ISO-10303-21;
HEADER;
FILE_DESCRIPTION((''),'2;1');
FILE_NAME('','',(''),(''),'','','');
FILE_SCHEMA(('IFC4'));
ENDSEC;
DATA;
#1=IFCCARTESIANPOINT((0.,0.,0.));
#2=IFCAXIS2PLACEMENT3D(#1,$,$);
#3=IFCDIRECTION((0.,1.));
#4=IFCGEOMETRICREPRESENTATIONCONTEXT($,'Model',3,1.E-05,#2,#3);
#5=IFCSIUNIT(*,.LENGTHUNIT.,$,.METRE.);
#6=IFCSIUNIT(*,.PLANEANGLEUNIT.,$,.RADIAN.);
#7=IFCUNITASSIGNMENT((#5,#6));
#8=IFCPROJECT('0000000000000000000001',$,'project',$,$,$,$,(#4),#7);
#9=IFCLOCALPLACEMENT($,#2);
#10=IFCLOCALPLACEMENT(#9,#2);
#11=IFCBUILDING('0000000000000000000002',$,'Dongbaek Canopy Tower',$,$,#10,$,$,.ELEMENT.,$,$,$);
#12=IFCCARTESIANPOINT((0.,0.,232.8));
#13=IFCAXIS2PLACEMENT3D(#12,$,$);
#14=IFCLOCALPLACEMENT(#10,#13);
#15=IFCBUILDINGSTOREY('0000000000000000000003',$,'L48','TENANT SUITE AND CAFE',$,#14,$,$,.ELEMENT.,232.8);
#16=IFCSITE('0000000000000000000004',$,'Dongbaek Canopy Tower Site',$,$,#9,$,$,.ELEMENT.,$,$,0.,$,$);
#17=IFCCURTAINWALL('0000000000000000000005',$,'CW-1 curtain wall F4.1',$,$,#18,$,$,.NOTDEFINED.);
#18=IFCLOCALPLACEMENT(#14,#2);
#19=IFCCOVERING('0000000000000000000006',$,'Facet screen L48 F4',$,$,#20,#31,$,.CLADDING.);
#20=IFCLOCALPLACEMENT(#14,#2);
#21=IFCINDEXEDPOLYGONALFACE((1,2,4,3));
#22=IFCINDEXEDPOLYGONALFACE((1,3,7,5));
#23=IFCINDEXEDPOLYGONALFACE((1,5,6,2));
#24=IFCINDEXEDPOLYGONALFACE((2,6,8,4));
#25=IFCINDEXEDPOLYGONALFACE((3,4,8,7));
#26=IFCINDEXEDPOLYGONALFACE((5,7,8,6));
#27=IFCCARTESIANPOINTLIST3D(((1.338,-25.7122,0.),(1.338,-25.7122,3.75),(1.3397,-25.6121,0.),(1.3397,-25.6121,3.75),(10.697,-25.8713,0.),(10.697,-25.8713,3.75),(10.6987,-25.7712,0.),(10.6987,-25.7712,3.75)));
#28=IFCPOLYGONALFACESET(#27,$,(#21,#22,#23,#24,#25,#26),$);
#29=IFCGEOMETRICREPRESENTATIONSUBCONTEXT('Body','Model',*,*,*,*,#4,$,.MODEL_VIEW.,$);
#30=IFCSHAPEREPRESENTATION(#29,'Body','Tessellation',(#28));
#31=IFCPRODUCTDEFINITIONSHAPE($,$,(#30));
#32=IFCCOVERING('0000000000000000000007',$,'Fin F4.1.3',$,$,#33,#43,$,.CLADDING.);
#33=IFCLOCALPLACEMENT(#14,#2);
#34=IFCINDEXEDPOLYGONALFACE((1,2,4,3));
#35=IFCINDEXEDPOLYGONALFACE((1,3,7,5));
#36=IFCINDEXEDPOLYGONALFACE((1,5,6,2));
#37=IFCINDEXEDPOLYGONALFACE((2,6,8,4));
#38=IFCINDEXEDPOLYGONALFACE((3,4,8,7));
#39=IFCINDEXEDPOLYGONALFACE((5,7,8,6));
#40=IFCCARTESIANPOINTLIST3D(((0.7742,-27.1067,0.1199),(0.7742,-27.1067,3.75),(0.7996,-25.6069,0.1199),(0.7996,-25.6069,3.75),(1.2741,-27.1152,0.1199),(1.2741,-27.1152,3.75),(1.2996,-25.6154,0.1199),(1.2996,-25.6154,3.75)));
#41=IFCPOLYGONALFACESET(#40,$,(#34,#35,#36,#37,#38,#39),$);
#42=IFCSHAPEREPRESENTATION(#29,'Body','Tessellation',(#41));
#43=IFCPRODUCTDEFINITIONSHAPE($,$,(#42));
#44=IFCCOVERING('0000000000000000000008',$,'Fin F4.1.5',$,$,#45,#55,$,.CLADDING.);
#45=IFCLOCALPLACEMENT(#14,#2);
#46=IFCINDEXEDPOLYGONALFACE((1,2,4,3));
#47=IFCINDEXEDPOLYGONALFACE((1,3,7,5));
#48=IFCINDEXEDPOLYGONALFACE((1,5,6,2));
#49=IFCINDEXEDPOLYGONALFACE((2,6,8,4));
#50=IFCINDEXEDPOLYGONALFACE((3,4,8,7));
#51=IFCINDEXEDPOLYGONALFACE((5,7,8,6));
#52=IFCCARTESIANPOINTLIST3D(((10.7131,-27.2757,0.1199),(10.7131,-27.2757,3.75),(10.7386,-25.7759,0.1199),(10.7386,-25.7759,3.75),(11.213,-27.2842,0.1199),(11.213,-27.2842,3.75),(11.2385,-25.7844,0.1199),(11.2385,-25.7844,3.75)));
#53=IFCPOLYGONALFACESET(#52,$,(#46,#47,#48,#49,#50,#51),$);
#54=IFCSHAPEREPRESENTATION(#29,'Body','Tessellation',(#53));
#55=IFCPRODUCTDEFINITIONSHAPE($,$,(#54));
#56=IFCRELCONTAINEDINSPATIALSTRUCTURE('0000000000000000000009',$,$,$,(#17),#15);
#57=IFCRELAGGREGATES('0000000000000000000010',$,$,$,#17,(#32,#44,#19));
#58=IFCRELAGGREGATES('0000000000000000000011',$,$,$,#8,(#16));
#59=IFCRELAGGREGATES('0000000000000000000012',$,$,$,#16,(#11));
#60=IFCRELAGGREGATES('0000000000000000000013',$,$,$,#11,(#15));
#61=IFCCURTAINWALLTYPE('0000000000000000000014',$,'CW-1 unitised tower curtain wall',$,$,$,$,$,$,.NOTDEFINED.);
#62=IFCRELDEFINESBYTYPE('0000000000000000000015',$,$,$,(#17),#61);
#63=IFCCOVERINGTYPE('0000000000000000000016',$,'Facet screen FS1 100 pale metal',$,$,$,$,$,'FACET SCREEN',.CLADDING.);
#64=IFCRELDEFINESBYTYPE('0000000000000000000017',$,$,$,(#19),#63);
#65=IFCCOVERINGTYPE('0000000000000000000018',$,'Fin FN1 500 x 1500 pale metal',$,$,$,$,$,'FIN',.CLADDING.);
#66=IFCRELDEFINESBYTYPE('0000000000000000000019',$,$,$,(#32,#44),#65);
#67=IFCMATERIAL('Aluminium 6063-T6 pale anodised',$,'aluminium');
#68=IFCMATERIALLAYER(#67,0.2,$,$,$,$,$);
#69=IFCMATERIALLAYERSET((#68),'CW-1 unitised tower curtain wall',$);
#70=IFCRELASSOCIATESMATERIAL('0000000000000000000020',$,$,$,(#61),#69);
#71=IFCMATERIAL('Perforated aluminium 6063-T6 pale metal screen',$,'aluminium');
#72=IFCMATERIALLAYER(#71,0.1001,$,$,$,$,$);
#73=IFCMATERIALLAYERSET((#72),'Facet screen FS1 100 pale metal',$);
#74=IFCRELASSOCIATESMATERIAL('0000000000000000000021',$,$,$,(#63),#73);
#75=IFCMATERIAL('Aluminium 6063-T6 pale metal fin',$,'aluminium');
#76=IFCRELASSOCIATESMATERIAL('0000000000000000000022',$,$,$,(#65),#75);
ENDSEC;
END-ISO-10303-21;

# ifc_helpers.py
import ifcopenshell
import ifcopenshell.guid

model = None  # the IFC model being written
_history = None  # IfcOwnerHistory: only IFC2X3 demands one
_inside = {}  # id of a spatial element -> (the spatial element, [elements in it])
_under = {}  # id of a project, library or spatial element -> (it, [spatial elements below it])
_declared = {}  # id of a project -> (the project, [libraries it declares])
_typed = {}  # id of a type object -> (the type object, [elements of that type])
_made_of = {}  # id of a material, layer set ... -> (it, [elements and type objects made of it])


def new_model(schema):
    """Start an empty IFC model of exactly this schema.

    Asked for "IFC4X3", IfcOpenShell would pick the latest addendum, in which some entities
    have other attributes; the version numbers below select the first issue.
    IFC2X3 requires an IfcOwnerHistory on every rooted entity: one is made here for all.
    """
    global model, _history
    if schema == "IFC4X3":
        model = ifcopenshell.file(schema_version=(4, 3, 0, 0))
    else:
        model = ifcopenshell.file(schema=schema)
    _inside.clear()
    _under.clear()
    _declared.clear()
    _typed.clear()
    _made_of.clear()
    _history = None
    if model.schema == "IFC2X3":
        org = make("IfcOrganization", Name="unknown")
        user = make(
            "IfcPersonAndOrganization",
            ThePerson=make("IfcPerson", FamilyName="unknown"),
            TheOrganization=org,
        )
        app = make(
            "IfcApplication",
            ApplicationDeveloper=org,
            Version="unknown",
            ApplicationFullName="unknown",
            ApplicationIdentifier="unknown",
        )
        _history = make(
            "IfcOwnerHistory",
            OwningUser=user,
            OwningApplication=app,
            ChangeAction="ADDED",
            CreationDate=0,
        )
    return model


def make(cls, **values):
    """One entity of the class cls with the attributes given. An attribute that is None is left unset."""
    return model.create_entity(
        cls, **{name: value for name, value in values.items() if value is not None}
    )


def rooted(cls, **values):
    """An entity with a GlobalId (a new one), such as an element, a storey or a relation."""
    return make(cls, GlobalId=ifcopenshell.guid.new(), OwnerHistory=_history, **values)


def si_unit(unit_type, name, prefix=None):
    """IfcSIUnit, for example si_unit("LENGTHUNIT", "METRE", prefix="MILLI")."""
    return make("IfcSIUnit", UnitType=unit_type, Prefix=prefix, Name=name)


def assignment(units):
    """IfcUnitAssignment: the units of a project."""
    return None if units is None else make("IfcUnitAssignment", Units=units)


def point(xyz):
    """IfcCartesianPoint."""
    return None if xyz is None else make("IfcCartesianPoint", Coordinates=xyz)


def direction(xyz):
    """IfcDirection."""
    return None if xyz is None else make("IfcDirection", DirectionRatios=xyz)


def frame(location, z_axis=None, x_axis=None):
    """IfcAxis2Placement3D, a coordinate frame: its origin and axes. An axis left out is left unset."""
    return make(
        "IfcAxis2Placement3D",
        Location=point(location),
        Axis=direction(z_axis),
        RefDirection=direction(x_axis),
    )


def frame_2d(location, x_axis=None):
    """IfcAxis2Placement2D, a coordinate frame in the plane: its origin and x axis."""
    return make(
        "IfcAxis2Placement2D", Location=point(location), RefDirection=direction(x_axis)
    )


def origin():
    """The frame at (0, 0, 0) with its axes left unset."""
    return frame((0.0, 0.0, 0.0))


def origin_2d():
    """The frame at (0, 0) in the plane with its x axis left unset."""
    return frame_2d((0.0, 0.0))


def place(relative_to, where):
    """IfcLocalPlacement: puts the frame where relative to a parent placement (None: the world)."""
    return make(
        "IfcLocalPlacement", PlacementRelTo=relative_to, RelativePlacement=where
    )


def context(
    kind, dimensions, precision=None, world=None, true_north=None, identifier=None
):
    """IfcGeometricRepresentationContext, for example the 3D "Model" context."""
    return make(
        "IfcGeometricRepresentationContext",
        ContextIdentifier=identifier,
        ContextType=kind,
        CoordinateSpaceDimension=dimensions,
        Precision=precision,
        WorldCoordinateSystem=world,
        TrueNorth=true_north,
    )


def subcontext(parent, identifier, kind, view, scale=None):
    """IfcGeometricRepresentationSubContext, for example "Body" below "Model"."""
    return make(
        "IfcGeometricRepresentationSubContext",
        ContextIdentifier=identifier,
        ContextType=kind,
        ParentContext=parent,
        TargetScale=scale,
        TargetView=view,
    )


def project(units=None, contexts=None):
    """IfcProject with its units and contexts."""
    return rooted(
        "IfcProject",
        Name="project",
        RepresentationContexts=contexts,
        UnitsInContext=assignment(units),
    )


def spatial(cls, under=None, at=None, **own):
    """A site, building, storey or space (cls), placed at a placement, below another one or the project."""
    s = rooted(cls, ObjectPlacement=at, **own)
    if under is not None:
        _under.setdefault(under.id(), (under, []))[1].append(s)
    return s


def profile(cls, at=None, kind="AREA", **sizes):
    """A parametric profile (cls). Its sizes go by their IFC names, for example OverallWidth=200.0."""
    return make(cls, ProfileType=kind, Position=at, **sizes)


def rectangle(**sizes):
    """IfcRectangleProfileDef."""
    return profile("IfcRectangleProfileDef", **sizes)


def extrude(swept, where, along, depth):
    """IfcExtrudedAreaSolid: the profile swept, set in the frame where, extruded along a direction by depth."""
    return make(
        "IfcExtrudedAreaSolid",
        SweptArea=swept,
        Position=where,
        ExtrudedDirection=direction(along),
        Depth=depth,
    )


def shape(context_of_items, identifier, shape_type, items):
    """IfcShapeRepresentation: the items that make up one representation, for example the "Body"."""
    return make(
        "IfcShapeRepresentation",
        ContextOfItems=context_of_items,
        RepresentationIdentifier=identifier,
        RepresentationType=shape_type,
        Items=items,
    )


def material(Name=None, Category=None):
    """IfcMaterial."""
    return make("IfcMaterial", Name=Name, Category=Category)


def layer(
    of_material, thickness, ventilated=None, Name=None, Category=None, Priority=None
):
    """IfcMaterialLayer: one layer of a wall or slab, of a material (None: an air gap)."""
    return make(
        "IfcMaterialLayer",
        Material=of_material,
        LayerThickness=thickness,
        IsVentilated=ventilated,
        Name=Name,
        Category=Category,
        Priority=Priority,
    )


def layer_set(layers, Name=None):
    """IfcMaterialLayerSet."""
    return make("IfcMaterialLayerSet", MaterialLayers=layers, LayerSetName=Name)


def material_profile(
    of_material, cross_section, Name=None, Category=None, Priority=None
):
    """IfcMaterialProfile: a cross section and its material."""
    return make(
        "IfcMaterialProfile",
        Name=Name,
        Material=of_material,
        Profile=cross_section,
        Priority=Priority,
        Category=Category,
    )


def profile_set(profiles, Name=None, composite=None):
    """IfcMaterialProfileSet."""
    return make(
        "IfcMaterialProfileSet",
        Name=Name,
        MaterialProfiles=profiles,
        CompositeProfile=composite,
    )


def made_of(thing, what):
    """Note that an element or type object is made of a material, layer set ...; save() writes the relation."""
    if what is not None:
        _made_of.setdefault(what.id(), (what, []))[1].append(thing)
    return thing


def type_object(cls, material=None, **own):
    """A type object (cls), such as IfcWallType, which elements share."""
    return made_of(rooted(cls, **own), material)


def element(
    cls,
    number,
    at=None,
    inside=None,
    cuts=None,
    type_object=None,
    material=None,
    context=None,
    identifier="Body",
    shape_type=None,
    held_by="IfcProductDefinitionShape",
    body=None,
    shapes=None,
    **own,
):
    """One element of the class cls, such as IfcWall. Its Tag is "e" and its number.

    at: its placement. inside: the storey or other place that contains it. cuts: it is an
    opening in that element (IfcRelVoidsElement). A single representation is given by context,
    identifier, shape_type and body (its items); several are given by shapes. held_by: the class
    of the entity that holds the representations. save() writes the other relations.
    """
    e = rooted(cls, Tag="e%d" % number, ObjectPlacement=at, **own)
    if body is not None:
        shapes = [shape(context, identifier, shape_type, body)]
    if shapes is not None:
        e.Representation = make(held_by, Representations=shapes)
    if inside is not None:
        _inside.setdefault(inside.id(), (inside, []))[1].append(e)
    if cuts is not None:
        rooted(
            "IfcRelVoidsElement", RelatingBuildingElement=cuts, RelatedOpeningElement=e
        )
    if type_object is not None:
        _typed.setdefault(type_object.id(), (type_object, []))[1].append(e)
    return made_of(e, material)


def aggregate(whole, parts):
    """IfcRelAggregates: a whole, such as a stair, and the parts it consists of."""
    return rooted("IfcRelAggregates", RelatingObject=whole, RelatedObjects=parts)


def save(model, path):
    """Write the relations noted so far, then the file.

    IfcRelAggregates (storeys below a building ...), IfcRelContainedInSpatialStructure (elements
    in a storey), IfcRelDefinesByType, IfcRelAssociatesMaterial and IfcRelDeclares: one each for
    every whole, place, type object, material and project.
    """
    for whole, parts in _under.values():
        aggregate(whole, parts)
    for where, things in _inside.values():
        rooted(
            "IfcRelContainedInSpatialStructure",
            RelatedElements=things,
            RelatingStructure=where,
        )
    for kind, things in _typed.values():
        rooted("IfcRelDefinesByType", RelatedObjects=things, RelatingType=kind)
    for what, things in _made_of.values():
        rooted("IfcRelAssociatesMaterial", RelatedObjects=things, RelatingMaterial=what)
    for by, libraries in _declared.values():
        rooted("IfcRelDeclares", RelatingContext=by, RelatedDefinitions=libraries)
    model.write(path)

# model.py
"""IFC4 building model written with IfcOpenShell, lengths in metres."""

from ifc_helpers import new_model, si_unit, direction, frame, origin, origin_2d, place, context, subcontext, project, spatial, rectangle, extrude, material, layer, layer_set, material_profile, profile_set, type_object, element, aggregate, save


model = new_model("IFC4")

# Units and contexts
model_context = context("Model", 3, precision=1e-05, world=origin(), true_north=direction((0.0, 1.0)))
body_context = subcontext(model_context, "Body", "Model", "MODEL_VIEW")
ifc_project = project(units=[si_unit("LENGTHUNIT", "METRE"), si_unit("PLANEANGLEUNIT", "RADIAN")], contexts=[model_context])

# Site, building, storey
site_placement = place(None, origin())
site = spatial("IfcSite", under=ifc_project, at=site_placement, Name="Dongbaek Canopy Tower Site", CompositionType="ELEMENT", RefElevation=0.0)
building_placement = place(site_placement, origin())
building = spatial("IfcBuilding", under=site, at=building_placement, Name="Dongbaek Canopy Tower", CompositionType="ELEMENT")
storey_placement = place(building_placement, frame((0.0, 0.0, 232.8)))
storey = spatial("IfcBuildingStorey", under=building, at=storey_placement, Name="L48", Description="TENANT SUITE AND CAFE", CompositionType="ELEMENT", Elevation=232.8)

# Curtain wall
ifc_material_1 = material(Name="Aluminium 6063-T6 pale anodised", Category="aluminium")
ifc_layer_1 = layer(ifc_material_1, 0.2)
ifc_layer_set_1 = layer_set([ifc_layer_1], Name="CW-1 unitised tower curtain wall")
curtain_wall_type = type_object("IfcCurtainWallType", Name="CW-1 unitised tower curtain wall", PredefinedType="NOTDEFINED", material=ifc_layer_set_1)
curtain_wall_1_placement = place(storey_placement, origin())
curtain_wall_1 = element("IfcCurtainWall", 1, at=curtain_wall_1_placement, inside=storey, type_object=curtain_wall_type, Name="CW-1 curtain wall F4.1", PredefinedType="NOTDEFINED")

# Coverings
ifc_material_2 = material(Name="Perforated aluminium 6063-T6 pale metal screen", Category="aluminium")
ifc_layer_2 = layer(ifc_material_2, 0.1001)
ifc_layer_set_2 = layer_set([ifc_layer_2], Name="Facet screen FS1 100 pale metal")
covering_type_1 = type_object("IfcCoveringType", Name="Facet screen FS1 100 pale metal", ElementType="FACET SCREEN", PredefinedType="CLADDING", material=ifc_layer_set_2)
covering_1_placement = place(storey_placement, frame((6.0183, -25.7417, 0.0), z_axis=(0.0, 0.0, 1.0), x_axis=(0.999856, -0.016993, 0.0)))
covering_1 = element("IfcCovering", 2, at=covering_1_placement, type_object=covering_type_1, Name="Facet screen L48 F4", PredefinedType="CLADDING", context=body_context, shape_type="SweptSolid", body=[
    extrude(rectangle(XDim=9.3604, YDim=0.1001, at=origin_2d()), origin(), (0.0, 0.0, 1.0), 3.75),
])
ifc_material_3 = material(Name="Aluminium 6063-T6 pale metal fin", Category="aluminium")
ifc_material_profile_1 = material_profile(ifc_material_3, rectangle(XDim=1.5, YDim=0.5, at=origin_2d()), Name="Fin FN1 500 x 1500 pale metal")
ifc_profile_set_1 = profile_set([ifc_material_profile_1], Name="Aluminium 6063-T6 pale metal fin")
covering_type_2 = type_object("IfcCoveringType", Name="Fin FN1 500 x 1500 pale metal", ElementType="FIN", PredefinedType="CLADDING", material=ifc_profile_set_1)
covering_2_placement = place(storey_placement, frame((1.0369, -26.3611, 0.1199), z_axis=(0.0, 0.0, 1.0), x_axis=(-0.016993, -0.999856, 0.0)))
covering_2 = element("IfcCovering", 3, at=covering_2_placement, type_object=covering_type_2, Name="Fin F4.1.3", PredefinedType="CLADDING", context=body_context, shape_type="SweptSolid", body=[
    extrude(rectangle(XDim=1.5, YDim=0.5, at=origin_2d()), origin(), (0.0, 0.0, 1.0), 3.6301),
])
covering_3_placement = place(storey_placement, frame((10.9758, -26.53, 0.1199), z_axis=(0.0, 0.0, 1.0), x_axis=(-0.016993, -0.999856, 0.0)))
covering_3 = element("IfcCovering", 4, at=covering_3_placement, type_object=covering_type_2, Name="Fin F4.1.5", PredefinedType="CLADDING", context=body_context, shape_type="SweptSolid", body=[
    extrude(rectangle(XDim=1.5, YDim=0.5, at=origin_2d()), origin(), (0.0, 0.0, 1.0), 3.6301),
])
aggregate(curtain_wall_1, [covering_2, covering_3, covering_1])

save(model, "model.ifc")
